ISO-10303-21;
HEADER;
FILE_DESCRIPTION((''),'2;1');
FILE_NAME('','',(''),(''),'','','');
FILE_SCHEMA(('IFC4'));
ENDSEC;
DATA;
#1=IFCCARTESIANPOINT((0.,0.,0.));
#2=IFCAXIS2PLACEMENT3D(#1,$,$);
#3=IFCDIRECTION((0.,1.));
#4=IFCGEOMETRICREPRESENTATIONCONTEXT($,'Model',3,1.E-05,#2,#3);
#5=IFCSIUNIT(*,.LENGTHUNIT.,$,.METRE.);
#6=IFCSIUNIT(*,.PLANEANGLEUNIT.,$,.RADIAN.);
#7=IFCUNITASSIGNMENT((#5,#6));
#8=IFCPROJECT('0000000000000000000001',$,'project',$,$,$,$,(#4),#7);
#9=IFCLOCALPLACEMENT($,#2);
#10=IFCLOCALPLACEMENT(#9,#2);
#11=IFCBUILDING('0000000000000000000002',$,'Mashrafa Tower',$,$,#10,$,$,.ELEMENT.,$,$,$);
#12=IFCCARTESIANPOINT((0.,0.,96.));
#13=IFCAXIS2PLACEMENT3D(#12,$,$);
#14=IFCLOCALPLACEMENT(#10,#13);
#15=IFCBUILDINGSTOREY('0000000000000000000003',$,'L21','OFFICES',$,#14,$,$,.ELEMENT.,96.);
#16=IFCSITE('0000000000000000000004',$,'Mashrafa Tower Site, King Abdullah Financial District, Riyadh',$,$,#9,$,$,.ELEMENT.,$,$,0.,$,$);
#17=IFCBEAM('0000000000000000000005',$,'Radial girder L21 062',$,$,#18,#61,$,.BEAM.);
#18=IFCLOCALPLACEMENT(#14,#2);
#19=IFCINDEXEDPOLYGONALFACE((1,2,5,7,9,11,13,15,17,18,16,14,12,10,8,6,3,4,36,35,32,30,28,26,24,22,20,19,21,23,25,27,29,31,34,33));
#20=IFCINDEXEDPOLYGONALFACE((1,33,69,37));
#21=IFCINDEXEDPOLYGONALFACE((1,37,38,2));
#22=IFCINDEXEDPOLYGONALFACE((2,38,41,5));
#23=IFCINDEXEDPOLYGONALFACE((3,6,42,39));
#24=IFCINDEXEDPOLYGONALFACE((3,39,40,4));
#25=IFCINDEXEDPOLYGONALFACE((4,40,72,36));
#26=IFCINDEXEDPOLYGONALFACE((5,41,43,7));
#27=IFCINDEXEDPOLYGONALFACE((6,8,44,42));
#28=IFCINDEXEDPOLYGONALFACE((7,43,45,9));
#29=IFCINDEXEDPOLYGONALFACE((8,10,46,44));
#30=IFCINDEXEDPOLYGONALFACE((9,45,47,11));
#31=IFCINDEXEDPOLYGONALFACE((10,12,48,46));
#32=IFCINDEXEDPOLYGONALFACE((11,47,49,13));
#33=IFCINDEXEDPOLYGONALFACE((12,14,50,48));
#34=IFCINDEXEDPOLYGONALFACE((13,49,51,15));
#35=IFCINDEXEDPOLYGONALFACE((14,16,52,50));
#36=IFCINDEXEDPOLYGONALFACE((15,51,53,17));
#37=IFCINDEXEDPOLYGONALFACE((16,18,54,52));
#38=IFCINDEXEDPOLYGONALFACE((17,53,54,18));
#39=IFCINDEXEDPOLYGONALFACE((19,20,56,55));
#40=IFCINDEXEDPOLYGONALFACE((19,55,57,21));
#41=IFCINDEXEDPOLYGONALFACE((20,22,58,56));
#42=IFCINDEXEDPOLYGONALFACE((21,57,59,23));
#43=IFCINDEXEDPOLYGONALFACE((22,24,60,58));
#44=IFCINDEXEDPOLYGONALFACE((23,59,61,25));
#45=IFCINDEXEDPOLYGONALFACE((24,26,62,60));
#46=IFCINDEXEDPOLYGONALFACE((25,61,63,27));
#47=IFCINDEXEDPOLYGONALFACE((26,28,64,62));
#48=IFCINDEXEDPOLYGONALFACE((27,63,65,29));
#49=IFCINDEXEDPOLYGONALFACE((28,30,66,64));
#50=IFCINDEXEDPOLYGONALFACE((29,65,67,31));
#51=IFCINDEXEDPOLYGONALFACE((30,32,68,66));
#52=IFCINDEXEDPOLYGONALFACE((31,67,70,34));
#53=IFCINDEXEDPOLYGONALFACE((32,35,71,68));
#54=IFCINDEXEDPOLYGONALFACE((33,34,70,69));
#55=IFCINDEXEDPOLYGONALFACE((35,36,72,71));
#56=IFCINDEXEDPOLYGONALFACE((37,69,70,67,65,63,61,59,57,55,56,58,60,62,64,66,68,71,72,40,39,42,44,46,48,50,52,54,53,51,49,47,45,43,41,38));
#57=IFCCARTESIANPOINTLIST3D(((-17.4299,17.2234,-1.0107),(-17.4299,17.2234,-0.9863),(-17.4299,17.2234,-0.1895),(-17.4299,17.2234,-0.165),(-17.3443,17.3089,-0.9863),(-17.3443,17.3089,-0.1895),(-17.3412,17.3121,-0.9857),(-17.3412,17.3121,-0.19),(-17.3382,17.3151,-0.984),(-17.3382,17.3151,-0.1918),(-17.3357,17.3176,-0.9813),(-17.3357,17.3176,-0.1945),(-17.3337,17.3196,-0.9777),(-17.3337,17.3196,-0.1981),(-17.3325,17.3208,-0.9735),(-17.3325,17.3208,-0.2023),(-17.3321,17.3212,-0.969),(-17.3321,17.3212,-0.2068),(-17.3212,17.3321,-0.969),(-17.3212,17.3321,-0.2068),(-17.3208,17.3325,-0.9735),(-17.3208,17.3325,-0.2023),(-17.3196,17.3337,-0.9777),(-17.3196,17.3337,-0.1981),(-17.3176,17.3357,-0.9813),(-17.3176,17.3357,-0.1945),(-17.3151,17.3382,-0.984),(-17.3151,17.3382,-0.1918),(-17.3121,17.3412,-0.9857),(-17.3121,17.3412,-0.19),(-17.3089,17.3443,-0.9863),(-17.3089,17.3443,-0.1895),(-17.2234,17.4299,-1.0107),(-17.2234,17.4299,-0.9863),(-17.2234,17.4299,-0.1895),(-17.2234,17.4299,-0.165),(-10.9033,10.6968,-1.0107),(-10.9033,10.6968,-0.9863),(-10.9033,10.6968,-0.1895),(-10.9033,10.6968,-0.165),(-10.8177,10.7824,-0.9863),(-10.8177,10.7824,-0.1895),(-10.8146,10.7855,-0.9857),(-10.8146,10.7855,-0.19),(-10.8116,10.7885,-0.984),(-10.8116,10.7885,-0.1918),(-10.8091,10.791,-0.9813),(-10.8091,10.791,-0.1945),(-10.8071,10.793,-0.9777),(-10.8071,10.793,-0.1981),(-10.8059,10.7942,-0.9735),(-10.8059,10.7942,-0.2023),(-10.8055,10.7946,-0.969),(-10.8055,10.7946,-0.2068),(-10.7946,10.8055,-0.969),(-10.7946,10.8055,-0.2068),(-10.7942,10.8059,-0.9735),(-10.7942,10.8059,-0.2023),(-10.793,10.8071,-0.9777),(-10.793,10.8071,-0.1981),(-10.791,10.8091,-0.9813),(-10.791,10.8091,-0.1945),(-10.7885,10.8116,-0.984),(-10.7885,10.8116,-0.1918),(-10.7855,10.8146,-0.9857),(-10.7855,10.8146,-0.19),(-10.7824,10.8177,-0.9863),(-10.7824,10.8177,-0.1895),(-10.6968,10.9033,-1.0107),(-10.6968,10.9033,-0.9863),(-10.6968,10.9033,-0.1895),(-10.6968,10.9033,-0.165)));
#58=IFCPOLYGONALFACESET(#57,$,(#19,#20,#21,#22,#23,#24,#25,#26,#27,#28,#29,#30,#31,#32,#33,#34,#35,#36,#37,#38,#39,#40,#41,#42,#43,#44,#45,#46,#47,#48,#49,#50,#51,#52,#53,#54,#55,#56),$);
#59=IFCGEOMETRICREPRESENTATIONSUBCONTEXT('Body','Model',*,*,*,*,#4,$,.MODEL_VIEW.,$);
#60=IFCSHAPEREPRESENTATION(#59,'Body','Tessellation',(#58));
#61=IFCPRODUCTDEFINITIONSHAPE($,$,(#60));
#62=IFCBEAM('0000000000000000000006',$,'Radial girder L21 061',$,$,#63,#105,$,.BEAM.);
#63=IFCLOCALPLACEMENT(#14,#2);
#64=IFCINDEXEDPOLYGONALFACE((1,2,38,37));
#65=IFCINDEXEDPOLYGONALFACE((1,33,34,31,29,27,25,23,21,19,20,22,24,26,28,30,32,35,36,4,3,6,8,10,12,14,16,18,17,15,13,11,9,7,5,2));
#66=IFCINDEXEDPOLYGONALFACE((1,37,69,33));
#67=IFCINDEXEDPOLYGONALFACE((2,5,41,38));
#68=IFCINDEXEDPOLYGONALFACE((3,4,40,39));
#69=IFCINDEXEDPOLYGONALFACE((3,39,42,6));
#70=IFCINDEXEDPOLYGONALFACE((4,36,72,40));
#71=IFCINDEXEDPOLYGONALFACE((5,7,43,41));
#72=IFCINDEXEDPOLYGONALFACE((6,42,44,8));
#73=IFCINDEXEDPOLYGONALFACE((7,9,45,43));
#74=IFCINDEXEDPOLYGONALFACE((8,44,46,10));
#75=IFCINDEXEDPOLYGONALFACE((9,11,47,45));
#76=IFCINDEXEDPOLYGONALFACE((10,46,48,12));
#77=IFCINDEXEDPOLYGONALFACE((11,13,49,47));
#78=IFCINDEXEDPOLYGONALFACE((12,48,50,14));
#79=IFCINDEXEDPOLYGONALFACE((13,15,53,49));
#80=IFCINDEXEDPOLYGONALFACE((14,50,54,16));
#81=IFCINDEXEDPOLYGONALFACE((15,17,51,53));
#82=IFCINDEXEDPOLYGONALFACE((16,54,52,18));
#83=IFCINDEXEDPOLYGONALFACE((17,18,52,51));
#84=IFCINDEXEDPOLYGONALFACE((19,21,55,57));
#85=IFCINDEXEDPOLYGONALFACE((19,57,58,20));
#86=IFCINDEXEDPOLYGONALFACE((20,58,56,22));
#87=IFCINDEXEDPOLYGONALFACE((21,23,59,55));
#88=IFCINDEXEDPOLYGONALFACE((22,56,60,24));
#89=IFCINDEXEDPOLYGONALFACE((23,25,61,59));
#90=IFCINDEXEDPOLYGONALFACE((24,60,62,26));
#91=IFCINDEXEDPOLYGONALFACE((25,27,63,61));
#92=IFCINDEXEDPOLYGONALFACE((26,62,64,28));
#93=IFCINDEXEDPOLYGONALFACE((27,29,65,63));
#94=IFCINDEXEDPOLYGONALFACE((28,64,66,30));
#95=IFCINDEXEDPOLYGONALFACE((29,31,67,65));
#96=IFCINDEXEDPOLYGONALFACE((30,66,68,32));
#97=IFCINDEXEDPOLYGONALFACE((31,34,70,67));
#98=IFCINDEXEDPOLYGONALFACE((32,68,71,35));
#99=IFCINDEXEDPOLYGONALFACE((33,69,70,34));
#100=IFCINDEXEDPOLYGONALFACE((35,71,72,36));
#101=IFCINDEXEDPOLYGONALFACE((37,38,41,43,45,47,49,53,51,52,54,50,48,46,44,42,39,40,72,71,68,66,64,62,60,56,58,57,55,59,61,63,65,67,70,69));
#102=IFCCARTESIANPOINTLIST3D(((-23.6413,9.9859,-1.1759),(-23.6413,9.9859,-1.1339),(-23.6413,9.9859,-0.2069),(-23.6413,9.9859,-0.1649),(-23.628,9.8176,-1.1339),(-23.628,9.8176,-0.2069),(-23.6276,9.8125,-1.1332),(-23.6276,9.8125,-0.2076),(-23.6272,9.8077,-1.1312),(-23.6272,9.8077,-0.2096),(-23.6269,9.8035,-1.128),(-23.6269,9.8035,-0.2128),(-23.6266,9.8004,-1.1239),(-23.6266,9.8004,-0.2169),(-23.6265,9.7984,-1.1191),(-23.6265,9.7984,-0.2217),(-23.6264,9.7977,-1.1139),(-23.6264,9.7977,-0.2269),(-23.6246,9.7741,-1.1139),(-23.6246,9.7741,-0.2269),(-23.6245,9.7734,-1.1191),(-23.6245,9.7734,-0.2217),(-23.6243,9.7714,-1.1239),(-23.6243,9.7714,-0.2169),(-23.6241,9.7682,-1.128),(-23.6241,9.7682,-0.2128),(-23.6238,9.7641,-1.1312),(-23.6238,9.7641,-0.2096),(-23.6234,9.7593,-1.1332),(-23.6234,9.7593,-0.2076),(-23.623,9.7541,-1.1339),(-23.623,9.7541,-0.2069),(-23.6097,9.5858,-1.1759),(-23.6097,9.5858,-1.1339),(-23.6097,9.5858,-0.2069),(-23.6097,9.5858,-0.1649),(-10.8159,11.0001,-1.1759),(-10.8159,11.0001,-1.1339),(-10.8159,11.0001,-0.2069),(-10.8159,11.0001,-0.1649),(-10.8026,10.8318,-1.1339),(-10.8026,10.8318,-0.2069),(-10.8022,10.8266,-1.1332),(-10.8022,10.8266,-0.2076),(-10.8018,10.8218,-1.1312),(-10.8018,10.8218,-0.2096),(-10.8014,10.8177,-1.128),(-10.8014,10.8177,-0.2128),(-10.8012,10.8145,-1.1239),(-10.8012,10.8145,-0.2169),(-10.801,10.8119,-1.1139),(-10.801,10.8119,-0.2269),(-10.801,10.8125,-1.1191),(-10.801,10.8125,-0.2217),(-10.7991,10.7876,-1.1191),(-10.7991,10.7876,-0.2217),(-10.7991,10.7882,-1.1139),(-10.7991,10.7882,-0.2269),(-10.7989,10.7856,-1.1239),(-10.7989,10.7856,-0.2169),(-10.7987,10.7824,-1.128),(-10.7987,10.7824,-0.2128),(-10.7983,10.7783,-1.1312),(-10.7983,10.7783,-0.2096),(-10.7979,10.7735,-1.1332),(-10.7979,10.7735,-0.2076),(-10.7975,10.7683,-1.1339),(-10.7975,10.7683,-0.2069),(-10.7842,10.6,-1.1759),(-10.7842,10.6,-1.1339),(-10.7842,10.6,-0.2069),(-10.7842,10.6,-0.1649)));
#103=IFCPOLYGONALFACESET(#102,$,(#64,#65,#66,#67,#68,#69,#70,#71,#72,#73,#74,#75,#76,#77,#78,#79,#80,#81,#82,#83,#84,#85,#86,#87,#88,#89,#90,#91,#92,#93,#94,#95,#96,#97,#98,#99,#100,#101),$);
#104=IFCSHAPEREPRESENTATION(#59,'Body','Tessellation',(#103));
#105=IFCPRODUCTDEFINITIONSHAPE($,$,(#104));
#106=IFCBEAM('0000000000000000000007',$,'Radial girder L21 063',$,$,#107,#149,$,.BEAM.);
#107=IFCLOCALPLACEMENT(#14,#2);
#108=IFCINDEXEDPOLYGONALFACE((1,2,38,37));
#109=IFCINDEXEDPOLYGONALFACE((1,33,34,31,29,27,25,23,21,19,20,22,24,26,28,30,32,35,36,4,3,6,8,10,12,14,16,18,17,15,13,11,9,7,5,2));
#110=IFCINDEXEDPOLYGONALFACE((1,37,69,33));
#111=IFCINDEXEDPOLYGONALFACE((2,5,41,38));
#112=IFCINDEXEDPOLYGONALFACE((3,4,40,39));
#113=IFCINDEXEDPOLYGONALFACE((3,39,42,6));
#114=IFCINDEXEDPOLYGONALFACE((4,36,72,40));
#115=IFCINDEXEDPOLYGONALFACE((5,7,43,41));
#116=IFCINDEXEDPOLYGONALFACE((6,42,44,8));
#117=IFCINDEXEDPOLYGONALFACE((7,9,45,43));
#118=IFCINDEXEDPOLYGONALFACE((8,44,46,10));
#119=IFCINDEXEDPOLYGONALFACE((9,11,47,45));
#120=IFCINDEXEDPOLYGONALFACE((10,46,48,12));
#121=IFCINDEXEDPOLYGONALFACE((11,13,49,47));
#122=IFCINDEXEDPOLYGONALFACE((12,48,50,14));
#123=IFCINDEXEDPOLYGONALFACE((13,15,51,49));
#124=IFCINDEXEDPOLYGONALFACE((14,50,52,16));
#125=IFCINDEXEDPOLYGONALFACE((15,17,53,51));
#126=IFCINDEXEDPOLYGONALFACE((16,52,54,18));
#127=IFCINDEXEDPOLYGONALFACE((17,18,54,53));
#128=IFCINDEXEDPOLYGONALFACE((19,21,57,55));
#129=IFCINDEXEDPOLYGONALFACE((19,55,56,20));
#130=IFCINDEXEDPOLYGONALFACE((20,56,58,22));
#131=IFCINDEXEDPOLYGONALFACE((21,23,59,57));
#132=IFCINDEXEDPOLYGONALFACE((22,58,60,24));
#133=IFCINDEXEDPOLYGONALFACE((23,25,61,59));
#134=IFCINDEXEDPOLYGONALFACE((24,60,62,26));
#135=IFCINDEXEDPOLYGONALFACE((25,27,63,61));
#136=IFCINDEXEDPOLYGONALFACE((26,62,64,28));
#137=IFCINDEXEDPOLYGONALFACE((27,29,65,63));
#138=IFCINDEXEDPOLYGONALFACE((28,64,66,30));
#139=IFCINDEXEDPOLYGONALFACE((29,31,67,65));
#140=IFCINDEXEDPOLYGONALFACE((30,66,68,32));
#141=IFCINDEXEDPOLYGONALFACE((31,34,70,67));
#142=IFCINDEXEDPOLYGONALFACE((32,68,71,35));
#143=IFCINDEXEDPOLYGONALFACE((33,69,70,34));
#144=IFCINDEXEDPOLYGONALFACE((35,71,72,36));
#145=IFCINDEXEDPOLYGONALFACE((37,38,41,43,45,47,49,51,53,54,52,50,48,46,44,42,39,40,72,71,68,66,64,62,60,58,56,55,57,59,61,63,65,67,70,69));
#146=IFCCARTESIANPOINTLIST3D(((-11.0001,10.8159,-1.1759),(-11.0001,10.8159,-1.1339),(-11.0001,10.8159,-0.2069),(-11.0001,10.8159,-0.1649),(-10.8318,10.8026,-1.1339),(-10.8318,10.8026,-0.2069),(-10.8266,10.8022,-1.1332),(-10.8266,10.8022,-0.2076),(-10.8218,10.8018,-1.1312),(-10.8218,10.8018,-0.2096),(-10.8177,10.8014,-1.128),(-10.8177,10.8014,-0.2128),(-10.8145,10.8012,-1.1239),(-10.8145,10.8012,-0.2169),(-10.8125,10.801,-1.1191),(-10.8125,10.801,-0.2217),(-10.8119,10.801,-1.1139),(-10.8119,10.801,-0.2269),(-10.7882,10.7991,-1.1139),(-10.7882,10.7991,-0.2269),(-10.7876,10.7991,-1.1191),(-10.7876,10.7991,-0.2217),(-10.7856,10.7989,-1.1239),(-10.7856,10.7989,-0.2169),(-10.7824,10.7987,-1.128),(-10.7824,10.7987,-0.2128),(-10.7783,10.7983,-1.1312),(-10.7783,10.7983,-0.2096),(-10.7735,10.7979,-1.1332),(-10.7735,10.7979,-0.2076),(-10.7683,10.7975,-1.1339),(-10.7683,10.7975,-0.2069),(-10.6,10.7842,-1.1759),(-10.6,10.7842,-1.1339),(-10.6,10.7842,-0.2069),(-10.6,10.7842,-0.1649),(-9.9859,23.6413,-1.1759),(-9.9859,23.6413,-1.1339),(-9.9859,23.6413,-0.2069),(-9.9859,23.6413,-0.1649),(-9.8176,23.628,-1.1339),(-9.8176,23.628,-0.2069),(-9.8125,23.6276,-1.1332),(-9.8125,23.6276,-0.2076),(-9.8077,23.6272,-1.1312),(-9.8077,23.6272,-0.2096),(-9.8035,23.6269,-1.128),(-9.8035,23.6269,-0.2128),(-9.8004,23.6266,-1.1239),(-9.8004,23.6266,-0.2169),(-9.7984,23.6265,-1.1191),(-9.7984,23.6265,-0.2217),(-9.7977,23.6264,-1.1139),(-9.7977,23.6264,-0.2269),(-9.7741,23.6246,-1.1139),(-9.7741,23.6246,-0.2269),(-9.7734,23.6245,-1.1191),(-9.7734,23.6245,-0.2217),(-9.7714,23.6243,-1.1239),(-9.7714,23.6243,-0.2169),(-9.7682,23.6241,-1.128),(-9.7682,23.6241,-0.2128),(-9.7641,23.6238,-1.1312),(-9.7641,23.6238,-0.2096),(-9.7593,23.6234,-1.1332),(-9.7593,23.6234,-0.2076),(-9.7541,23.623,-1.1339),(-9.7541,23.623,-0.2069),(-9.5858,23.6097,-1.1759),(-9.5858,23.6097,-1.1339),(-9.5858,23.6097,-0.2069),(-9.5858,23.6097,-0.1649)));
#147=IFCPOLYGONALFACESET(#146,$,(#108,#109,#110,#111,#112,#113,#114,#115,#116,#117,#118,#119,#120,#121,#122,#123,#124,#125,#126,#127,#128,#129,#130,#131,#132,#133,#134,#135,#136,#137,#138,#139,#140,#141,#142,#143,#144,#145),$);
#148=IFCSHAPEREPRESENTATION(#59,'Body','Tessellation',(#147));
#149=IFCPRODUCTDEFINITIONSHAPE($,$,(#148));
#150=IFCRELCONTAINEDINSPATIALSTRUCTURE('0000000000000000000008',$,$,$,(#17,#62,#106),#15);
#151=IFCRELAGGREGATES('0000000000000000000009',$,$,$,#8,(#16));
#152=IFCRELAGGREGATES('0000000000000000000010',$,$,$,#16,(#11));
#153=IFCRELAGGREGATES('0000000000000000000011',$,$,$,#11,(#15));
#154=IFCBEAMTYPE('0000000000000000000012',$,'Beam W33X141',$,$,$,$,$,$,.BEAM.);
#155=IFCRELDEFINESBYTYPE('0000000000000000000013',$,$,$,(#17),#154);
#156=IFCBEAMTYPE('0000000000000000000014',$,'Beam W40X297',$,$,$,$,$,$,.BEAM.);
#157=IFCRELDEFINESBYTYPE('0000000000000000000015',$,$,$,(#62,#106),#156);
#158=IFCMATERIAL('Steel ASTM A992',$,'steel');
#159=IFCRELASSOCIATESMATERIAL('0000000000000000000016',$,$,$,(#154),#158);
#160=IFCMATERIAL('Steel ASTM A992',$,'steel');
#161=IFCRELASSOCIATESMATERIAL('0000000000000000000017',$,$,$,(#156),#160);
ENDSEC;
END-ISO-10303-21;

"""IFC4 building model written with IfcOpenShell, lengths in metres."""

from ifc_helpers import new_model, si_unit, direction, frame, origin, origin_2d, place, context, subcontext, project, spatial, i_section, extrude, material, material_profile, profile_set, type_object, element, save


model = new_model("IFC4")

# Units and contexts
model_context = context("Model", 3, precision=1e-05, world=origin(), true_north=direction((0.0, 1.0)))
body_context = subcontext(model_context, "Body", "Model", "MODEL_VIEW")
ifc_project = project(units=[si_unit("LENGTHUNIT", "METRE"), si_unit("PLANEANGLEUNIT", "RADIAN")], contexts=[model_context])

# Site, building, storey
site_placement = place(None, origin())
site = spatial("IfcSite", under=ifc_project, at=site_placement, Name="Mashrafa Tower Site, King Abdullah Financial District, Riyadh", CompositionType="ELEMENT", RefElevation=0.0)
building_placement = place(site_placement, origin())
building = spatial("IfcBuilding", under=site, at=building_placement, Name="Mashrafa Tower", CompositionType="ELEMENT")
storey_placement = place(building_placement, frame((0.0, 0.0, 96.0)))
storey = spatial("IfcBuildingStorey", under=building, at=storey_placement, Name="L21", Description="OFFICES", CompositionType="ELEMENT", Elevation=96.0)

# Beams
ifc_material_1 = material(Name="Steel ASTM A992", Category="steel")
ifc_material_profile_1 = material_profile(ifc_material_1, i_section(OverallWidth=0.292, OverallDepth=0.8457, WebThickness=0.0154, FlangeThickness=0.0244, FilletRadius=0.0173, at=origin_2d()), Name="W33X141")
ifc_profile_set_1 = profile_set([ifc_material_profile_1], Name="Steel ASTM A992")
beam_type_1 = type_object("IfcBeamType", Name="Beam W33X141", PredefinedType="BEAM", material=ifc_profile_set_1)
beam_1_placement = place(storey_placement, frame((-10.8, 10.8, -0.5879), z_axis=(-0.707107, 0.707107, 0.0), x_axis=(-0.707107, -0.707107, 0.0)))
element("IfcBeam", 1, at=beam_1_placement, inside=storey, type_object=beam_type_1, Name="Radial girder L21 062", PredefinedType="BEAM", context=body_context, shape_type="SweptSolid", body=[
    extrude(i_section(OverallWidth=0.292, OverallDepth=0.8457, WebThickness=0.0154, FlangeThickness=0.0244, FilletRadius=0.0173, at=origin_2d()), origin(), (0.0, 0.0, 1.0), 9.23),
])
ifc_material_2 = material(Name="Steel ASTM A992", Category="steel")
ifc_material_profile_2 = material_profile(ifc_material_2, i_section(OverallWidth=0.4014, OverallDepth=1.011, WebThickness=0.0237, FlangeThickness=0.042, FilletRadius=0.02, at=origin_2d()), Name="W40X297")
ifc_profile_set_2 = profile_set([ifc_material_profile_2], Name="Steel ASTM A992")
beam_type_2 = type_object("IfcBeamType", Name="Beam W40X297", PredefinedType="BEAM", material=ifc_profile_set_2)
for number, where, z_axis, x_axis, name in (
    (2, (-10.8, 10.8, -0.6704), (-0.996888, -0.078828, 0.0), (0.078828, -0.996888, 0.0), "Radial girder L21 061"),
    (3, (-10.8, 10.8, -0.6704), (0.078828, 0.996888, 0.0), (-0.996888, 0.078828, 0.0), "Radial girder L21 063"),
):
    element("IfcBeam", number, at=place(storey_placement, frame(where, z_axis=z_axis, x_axis=x_axis)), inside=storey, type_object=beam_type_2, Name=name, PredefinedType="BEAM", context=body_context, shape_type="SweptSolid", body=[
        extrude(i_section(OverallWidth=0.4014, OverallDepth=1.011, WebThickness=0.0237, FlangeThickness=0.042, FilletRadius=0.02, at=origin_2d()), origin(), (0.0, 0.0, 1.0), 12.8655),
    ])

save(model, "model.ifc")
